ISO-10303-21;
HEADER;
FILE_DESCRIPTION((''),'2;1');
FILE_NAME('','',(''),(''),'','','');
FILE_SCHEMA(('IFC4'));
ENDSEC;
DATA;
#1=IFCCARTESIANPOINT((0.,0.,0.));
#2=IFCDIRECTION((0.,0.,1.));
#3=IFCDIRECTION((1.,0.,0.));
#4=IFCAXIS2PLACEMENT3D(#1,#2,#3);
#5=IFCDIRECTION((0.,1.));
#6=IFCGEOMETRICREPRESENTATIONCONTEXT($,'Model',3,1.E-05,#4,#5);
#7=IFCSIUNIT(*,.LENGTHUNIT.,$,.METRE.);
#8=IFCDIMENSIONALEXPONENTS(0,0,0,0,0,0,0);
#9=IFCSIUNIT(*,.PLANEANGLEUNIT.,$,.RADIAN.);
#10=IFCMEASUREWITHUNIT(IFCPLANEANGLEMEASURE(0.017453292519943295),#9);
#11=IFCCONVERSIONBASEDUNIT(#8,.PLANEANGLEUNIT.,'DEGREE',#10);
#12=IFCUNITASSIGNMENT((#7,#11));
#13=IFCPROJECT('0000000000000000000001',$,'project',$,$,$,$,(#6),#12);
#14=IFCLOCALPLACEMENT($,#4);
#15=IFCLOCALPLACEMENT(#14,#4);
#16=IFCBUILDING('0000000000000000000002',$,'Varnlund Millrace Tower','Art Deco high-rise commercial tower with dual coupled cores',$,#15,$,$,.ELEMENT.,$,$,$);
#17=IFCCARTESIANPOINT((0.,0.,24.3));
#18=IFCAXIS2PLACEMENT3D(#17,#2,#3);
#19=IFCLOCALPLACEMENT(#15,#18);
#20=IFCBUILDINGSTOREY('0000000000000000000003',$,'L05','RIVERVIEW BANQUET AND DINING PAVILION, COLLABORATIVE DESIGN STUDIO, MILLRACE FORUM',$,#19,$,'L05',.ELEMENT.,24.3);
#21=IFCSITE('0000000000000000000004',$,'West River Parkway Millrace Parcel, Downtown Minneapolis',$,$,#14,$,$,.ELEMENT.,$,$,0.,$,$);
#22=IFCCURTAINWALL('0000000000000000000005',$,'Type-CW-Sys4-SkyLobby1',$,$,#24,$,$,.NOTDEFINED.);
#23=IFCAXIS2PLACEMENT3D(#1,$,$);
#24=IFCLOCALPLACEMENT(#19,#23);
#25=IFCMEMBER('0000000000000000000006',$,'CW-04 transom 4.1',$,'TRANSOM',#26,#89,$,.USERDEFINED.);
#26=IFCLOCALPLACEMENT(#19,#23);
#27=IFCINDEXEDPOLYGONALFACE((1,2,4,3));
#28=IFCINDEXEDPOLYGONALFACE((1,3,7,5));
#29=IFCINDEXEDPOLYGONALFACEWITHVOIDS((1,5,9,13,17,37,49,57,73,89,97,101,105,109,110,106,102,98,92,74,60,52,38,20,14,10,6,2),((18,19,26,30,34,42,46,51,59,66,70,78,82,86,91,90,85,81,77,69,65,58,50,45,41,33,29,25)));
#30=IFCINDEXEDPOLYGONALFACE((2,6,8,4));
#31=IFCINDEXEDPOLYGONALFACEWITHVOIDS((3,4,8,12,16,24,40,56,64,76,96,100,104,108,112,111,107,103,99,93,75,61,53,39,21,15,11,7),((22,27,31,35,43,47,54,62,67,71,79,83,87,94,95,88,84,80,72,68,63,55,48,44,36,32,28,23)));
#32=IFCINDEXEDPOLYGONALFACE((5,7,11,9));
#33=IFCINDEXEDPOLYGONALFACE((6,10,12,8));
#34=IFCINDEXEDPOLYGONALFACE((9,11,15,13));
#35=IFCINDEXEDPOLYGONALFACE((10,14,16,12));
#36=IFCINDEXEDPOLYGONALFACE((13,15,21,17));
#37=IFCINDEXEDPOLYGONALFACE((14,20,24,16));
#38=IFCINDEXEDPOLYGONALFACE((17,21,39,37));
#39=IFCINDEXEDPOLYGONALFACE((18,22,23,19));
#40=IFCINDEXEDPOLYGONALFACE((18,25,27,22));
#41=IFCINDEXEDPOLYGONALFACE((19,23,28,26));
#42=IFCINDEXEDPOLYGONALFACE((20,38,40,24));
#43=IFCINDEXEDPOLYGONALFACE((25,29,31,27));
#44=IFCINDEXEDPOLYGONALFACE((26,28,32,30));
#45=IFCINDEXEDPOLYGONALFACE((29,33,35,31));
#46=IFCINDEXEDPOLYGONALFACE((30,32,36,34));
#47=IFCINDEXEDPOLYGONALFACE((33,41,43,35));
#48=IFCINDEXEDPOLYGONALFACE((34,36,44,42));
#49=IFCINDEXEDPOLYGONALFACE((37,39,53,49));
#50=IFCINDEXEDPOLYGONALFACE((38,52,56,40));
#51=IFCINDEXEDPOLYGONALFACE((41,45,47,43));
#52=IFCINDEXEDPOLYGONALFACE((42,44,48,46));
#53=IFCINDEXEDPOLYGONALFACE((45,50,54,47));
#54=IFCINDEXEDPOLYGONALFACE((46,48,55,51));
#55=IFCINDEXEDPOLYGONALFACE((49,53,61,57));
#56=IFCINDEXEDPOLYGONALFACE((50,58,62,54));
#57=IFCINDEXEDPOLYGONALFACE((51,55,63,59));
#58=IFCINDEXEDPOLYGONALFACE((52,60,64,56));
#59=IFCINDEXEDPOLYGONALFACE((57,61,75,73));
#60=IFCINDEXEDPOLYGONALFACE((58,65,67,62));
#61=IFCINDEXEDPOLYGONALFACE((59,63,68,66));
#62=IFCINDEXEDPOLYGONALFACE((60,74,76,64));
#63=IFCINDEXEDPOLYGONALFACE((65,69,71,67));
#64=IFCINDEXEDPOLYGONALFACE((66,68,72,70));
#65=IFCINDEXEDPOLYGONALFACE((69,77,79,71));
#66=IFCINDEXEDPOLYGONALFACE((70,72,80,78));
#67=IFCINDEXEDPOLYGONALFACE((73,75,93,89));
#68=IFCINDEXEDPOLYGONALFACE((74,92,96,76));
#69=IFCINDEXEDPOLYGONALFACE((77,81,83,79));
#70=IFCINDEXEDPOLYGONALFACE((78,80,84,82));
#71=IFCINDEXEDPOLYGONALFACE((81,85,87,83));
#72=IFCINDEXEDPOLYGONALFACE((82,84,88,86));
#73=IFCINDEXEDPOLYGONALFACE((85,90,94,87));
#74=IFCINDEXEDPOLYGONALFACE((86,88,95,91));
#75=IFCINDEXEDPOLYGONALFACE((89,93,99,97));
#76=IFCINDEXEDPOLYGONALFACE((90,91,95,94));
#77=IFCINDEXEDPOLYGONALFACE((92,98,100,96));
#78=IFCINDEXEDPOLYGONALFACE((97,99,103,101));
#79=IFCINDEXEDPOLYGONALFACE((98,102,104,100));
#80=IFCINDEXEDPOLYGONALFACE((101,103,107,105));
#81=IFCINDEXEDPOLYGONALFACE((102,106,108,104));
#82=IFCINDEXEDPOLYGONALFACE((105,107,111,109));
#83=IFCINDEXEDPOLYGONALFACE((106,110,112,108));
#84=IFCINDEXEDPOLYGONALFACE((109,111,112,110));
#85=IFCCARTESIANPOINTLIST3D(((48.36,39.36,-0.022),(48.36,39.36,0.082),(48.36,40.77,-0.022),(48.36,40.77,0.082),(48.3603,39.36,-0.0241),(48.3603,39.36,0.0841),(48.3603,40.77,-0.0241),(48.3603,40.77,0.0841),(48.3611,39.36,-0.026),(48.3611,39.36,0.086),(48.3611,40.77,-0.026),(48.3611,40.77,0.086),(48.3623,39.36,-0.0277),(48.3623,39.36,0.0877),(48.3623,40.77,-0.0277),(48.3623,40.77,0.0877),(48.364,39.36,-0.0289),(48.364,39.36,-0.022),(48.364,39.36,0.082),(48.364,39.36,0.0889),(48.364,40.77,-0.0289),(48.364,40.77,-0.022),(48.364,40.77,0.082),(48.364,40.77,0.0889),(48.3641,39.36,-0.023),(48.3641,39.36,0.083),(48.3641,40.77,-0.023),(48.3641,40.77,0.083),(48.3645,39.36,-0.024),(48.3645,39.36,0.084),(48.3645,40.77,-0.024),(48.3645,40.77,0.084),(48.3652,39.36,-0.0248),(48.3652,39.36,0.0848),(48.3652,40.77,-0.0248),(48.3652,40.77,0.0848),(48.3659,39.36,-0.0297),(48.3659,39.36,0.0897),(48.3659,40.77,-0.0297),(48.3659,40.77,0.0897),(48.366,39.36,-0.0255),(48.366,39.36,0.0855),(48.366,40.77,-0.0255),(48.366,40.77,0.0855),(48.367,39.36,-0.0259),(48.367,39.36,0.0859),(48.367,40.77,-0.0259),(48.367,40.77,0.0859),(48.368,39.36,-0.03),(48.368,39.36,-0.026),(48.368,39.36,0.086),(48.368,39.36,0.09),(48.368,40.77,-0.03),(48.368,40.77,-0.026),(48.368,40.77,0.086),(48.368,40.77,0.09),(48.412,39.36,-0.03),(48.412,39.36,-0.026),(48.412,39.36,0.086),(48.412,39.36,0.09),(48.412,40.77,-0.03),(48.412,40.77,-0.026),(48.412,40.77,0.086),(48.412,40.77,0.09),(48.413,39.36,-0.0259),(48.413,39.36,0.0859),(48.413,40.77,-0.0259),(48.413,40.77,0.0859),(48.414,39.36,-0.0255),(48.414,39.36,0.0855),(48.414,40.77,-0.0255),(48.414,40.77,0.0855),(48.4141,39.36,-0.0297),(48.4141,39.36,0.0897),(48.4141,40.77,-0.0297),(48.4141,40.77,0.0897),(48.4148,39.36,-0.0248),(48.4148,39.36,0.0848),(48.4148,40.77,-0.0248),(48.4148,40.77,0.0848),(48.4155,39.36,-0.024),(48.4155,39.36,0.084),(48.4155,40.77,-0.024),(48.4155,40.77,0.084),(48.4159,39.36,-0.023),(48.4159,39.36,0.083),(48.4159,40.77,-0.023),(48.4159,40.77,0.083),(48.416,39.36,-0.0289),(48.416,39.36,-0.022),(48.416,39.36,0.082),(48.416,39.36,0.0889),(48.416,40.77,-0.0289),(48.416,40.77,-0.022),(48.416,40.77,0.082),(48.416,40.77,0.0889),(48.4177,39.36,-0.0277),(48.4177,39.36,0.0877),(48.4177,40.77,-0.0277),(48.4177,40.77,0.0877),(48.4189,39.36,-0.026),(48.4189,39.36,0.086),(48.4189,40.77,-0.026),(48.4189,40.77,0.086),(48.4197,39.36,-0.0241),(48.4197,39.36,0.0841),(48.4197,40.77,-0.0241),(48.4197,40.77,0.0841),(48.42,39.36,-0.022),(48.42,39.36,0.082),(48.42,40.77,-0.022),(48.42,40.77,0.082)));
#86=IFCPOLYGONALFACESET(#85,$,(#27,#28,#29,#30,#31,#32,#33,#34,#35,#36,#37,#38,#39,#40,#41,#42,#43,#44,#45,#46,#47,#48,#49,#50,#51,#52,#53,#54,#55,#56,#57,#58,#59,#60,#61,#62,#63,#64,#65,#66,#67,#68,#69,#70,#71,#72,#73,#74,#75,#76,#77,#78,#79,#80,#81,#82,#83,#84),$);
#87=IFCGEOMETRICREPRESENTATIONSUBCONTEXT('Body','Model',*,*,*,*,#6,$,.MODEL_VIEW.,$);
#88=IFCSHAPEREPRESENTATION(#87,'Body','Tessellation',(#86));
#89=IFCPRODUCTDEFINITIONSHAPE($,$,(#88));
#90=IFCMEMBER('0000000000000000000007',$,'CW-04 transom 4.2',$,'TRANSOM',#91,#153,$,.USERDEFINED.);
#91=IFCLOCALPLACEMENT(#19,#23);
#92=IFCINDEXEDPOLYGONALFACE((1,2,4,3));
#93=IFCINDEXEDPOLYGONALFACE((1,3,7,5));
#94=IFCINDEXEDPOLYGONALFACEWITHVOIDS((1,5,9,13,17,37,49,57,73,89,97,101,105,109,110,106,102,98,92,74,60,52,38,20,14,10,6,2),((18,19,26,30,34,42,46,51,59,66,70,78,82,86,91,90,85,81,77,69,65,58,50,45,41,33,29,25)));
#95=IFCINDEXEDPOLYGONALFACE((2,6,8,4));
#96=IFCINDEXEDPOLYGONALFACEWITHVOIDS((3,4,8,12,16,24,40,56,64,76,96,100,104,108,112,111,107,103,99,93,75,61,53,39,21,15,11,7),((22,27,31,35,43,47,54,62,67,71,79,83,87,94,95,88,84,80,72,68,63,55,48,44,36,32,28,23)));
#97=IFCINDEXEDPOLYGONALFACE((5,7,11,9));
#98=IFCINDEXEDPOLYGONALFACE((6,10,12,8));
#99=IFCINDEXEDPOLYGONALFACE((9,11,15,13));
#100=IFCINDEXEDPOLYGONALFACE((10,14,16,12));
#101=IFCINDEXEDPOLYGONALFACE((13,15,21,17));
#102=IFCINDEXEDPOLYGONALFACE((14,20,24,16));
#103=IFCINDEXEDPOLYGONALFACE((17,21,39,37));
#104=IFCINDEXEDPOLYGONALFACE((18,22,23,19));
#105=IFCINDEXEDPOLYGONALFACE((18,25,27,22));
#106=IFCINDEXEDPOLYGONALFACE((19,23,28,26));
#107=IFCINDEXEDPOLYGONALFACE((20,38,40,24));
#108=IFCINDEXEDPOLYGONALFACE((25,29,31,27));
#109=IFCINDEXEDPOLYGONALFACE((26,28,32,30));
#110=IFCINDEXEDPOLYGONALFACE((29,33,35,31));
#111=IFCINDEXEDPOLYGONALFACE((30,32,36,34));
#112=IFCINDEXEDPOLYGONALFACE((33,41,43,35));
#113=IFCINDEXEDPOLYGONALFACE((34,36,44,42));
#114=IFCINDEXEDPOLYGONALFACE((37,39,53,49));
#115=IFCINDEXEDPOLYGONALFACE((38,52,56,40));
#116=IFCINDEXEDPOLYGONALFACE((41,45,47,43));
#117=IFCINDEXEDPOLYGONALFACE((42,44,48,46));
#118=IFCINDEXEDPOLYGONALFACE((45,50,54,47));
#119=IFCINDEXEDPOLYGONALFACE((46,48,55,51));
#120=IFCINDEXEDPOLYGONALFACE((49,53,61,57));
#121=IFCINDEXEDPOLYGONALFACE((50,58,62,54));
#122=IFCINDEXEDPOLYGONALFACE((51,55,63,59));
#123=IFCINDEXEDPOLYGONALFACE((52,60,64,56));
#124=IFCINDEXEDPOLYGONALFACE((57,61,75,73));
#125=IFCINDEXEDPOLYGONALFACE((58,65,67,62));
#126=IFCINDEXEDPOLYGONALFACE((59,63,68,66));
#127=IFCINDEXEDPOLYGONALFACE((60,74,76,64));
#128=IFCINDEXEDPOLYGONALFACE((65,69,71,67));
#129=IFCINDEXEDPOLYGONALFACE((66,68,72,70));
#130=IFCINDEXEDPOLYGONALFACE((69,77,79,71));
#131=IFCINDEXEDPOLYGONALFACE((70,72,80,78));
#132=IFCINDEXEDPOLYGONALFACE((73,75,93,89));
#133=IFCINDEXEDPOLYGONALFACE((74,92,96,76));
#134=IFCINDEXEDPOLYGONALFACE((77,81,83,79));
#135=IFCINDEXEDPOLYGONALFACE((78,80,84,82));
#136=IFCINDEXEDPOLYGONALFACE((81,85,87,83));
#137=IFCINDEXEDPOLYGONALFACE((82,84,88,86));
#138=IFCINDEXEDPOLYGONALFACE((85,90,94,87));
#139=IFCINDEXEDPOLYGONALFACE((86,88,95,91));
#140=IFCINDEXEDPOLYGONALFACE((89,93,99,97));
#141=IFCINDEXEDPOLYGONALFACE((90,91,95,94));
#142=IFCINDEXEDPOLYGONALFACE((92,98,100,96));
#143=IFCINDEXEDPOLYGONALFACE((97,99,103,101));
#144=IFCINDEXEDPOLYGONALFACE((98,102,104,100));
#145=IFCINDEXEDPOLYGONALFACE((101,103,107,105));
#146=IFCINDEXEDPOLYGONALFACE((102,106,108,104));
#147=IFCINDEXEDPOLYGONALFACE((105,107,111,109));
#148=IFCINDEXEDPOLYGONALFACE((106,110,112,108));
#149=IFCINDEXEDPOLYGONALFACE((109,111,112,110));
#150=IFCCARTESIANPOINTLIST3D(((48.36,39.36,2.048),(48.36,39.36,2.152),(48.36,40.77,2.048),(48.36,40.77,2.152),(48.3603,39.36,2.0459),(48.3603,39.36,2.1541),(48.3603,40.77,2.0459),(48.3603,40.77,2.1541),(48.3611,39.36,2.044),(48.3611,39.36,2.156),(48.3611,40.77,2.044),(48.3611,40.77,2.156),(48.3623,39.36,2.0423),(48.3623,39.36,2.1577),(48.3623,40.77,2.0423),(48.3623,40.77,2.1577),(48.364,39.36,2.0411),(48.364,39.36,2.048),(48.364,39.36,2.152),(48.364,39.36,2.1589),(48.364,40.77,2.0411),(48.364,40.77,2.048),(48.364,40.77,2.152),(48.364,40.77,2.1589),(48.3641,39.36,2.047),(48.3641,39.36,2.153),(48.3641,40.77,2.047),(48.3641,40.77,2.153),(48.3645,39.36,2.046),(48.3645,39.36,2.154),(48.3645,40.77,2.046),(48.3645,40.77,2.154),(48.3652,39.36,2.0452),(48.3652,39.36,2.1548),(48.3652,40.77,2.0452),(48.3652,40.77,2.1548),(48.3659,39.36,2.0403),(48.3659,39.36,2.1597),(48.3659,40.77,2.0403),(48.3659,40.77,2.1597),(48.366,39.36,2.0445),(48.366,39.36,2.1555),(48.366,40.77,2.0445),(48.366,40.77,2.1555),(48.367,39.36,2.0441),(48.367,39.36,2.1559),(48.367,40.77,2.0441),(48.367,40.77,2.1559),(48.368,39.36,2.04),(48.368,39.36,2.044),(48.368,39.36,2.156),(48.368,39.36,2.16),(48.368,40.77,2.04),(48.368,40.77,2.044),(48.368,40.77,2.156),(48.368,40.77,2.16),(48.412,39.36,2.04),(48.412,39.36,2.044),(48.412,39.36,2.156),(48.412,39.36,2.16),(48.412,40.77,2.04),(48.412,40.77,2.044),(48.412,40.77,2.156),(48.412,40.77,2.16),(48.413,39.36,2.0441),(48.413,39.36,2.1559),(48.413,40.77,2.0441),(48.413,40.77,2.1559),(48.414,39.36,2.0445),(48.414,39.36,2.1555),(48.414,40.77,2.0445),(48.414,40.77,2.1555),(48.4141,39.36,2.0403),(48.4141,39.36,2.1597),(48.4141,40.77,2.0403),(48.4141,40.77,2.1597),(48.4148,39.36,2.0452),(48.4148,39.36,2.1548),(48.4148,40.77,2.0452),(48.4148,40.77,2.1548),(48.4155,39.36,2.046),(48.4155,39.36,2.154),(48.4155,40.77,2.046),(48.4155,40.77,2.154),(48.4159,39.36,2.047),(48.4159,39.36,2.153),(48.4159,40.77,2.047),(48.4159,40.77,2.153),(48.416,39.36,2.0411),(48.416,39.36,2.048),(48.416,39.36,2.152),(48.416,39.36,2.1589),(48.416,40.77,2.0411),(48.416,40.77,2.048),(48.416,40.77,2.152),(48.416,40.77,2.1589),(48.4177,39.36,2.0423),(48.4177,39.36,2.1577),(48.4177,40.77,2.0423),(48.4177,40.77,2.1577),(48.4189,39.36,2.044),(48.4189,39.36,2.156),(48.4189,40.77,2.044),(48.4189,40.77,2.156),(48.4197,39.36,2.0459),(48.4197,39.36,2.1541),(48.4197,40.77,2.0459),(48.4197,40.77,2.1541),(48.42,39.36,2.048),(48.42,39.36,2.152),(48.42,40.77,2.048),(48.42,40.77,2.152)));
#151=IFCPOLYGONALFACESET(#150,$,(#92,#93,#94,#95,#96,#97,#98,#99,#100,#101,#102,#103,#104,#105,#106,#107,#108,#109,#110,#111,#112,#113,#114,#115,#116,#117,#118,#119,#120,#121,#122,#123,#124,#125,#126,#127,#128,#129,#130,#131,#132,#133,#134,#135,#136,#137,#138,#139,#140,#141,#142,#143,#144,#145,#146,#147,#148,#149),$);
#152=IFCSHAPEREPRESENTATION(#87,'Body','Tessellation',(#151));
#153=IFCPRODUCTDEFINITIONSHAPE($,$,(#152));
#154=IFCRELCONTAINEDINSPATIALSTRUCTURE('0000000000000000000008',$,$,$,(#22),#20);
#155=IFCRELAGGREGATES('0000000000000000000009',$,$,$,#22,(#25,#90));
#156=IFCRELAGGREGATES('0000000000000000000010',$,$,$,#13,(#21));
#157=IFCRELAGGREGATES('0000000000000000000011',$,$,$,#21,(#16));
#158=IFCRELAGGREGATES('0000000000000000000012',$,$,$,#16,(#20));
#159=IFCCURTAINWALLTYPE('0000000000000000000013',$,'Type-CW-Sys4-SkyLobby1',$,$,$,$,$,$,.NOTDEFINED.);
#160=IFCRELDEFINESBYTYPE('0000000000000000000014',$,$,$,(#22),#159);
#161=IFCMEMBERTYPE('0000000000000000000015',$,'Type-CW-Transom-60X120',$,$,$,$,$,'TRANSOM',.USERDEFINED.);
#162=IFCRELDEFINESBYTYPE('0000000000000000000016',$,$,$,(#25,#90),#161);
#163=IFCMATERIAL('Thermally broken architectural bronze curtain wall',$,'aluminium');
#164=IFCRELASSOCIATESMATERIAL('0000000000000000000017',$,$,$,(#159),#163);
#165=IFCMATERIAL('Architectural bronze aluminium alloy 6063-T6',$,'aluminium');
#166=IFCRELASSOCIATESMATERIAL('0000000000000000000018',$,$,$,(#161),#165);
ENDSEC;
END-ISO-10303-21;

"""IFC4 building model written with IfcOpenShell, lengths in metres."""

from ifc_helpers import new_model, entity, si_unit, converted_unit, direction, frame, origin_with_axes, origin_2d_with_axis, place, context, subcontext, project, spatial, hollow_rectangle, extrude, material, material_profile, profile_set, type_object, element, aggregate, save


model = new_model("IFC4")

# Units and contexts
model_context = context("Model", 3, precision=1e-05, world=origin_with_axes(), true_north=direction((0.0, 1.0)))
body_context = subcontext(model_context, "Body", "Model", "MODEL_VIEW")
ifc_project = project(units=[si_unit("LENGTHUNIT", "METRE"), converted_unit("PLANEANGLEUNIT", "DEGREE", entity("IfcPlaneAngleMeasure", 0.017453292519943295), si_unit("PLANEANGLEUNIT", "RADIAN"), dimensions=[0, 0, 0, 0, 0, 0, 0])], contexts=[model_context])

# Site, building, storey
site_placement = place(None, origin_with_axes())
site = spatial("IfcSite", under=ifc_project, at=site_placement, Name="West River Parkway Millrace Parcel, Downtown Minneapolis", CompositionType="ELEMENT", RefElevation=0.0)
building_placement = place(site_placement, origin_with_axes())
building = spatial("IfcBuilding", under=site, at=building_placement, Name="Varnlund Millrace Tower", Description="Art Deco high-rise commercial tower with dual coupled cores", CompositionType="ELEMENT")
storey_placement = place(building_placement, frame((0.0, 0.0, 24.3), z_axis=(0.0, 0.0, 1.0), x_axis=(1.0, 0.0, 0.0)))
storey = spatial("IfcBuildingStorey", under=building, at=storey_placement, Name="L05", Description="RIVERVIEW BANQUET AND DINING PAVILION, COLLABORATIVE DESIGN STUDIO, MILLRACE FORUM", LongName="L05", CompositionType="ELEMENT", Elevation=24.3)

# Curtain wall, members
ifc_material_1 = material(Name="Thermally broken architectural bronze curtain wall", Category="aluminium")
curtain_wall_type = type_object("IfcCurtainWallType", Name="Type-CW-Sys4-SkyLobby1", PredefinedType="NOTDEFINED", material=ifc_material_1)
curtain_wall_placement = place(storey_placement, frame((48.39, 45.3, 0.0), z_axis=(0.0, 0.0, 1.0), x_axis=(1.0, 0.0, 0.0)))
curtain_wall = element("IfcCurtainWall", 1, at=curtain_wall_placement, inside=storey, type_object=curtain_wall_type, Name="Type-CW-Sys4-SkyLobby1", PredefinedType="NOTDEFINED")
ifc_material_2 = material(Name="Architectural bronze aluminium alloy 6063-T6", Category="aluminium")
ifc_material_profile_1 = material_profile(ifc_material_2, hollow_rectangle(XDim=0.06, YDim=0.12, WallThickness=0.004, InnerFilletRadius=0.004, OuterFilletRadius=0.008, at=origin_2d_with_axis()), Name="Architectural bronze aluminium alloy 6063-T6")
ifc_profile_set_1 = profile_set([ifc_material_profile_1], Name="Architectural bronze aluminium alloy 6063-T6")
member_type_1 = type_object("IfcMemberType", Name="Type-CW-Transom-60X120", ElementType="TRANSOM", PredefinedType="USERDEFINED", material=ifc_profile_set_1)
member_1_placement = place(storey_placement, frame((48.39, 40.77, 0.03), z_axis=(0.0, -1.0, 0.0), x_axis=(1.0, 0.0, 0.0)))
member_1 = element("IfcMember", 2, at=member_1_placement, type_object=member_type_1, Name="CW-04 transom 4.1", ObjectType="TRANSOM", PredefinedType="USERDEFINED", context=body_context, shape_type="SweptSolid", body=[
    extrude(hollow_rectangle(XDim=0.06, YDim=0.12, WallThickness=0.004, InnerFilletRadius=0.004, OuterFilletRadius=0.008, at=origin_2d_with_axis()), origin_with_axes(), (0.0, 0.0, 1.0), 1.41),
])
member_2_placement = place(storey_placement, frame((48.39, 40.77, 2.1), z_axis=(0.0, -1.0, 0.0), x_axis=(1.0, 0.0, 0.0)))
member_2 = element("IfcMember", 3, at=member_2_placement, type_object=member_type_1, Name="CW-04 transom 4.2", ObjectType="TRANSOM", PredefinedType="USERDEFINED", context=body_context, shape_type="SweptSolid", body=[
    extrude(hollow_rectangle(XDim=0.06, YDim=0.12, WallThickness=0.004, InnerFilletRadius=0.004, OuterFilletRadius=0.008, at=origin_2d_with_axis()), origin_with_axes(), (0.0, 0.0, 1.0), 1.41),
])
aggregate(curtain_wall, [member_1, member_2])

save(model, "model.ifc")
